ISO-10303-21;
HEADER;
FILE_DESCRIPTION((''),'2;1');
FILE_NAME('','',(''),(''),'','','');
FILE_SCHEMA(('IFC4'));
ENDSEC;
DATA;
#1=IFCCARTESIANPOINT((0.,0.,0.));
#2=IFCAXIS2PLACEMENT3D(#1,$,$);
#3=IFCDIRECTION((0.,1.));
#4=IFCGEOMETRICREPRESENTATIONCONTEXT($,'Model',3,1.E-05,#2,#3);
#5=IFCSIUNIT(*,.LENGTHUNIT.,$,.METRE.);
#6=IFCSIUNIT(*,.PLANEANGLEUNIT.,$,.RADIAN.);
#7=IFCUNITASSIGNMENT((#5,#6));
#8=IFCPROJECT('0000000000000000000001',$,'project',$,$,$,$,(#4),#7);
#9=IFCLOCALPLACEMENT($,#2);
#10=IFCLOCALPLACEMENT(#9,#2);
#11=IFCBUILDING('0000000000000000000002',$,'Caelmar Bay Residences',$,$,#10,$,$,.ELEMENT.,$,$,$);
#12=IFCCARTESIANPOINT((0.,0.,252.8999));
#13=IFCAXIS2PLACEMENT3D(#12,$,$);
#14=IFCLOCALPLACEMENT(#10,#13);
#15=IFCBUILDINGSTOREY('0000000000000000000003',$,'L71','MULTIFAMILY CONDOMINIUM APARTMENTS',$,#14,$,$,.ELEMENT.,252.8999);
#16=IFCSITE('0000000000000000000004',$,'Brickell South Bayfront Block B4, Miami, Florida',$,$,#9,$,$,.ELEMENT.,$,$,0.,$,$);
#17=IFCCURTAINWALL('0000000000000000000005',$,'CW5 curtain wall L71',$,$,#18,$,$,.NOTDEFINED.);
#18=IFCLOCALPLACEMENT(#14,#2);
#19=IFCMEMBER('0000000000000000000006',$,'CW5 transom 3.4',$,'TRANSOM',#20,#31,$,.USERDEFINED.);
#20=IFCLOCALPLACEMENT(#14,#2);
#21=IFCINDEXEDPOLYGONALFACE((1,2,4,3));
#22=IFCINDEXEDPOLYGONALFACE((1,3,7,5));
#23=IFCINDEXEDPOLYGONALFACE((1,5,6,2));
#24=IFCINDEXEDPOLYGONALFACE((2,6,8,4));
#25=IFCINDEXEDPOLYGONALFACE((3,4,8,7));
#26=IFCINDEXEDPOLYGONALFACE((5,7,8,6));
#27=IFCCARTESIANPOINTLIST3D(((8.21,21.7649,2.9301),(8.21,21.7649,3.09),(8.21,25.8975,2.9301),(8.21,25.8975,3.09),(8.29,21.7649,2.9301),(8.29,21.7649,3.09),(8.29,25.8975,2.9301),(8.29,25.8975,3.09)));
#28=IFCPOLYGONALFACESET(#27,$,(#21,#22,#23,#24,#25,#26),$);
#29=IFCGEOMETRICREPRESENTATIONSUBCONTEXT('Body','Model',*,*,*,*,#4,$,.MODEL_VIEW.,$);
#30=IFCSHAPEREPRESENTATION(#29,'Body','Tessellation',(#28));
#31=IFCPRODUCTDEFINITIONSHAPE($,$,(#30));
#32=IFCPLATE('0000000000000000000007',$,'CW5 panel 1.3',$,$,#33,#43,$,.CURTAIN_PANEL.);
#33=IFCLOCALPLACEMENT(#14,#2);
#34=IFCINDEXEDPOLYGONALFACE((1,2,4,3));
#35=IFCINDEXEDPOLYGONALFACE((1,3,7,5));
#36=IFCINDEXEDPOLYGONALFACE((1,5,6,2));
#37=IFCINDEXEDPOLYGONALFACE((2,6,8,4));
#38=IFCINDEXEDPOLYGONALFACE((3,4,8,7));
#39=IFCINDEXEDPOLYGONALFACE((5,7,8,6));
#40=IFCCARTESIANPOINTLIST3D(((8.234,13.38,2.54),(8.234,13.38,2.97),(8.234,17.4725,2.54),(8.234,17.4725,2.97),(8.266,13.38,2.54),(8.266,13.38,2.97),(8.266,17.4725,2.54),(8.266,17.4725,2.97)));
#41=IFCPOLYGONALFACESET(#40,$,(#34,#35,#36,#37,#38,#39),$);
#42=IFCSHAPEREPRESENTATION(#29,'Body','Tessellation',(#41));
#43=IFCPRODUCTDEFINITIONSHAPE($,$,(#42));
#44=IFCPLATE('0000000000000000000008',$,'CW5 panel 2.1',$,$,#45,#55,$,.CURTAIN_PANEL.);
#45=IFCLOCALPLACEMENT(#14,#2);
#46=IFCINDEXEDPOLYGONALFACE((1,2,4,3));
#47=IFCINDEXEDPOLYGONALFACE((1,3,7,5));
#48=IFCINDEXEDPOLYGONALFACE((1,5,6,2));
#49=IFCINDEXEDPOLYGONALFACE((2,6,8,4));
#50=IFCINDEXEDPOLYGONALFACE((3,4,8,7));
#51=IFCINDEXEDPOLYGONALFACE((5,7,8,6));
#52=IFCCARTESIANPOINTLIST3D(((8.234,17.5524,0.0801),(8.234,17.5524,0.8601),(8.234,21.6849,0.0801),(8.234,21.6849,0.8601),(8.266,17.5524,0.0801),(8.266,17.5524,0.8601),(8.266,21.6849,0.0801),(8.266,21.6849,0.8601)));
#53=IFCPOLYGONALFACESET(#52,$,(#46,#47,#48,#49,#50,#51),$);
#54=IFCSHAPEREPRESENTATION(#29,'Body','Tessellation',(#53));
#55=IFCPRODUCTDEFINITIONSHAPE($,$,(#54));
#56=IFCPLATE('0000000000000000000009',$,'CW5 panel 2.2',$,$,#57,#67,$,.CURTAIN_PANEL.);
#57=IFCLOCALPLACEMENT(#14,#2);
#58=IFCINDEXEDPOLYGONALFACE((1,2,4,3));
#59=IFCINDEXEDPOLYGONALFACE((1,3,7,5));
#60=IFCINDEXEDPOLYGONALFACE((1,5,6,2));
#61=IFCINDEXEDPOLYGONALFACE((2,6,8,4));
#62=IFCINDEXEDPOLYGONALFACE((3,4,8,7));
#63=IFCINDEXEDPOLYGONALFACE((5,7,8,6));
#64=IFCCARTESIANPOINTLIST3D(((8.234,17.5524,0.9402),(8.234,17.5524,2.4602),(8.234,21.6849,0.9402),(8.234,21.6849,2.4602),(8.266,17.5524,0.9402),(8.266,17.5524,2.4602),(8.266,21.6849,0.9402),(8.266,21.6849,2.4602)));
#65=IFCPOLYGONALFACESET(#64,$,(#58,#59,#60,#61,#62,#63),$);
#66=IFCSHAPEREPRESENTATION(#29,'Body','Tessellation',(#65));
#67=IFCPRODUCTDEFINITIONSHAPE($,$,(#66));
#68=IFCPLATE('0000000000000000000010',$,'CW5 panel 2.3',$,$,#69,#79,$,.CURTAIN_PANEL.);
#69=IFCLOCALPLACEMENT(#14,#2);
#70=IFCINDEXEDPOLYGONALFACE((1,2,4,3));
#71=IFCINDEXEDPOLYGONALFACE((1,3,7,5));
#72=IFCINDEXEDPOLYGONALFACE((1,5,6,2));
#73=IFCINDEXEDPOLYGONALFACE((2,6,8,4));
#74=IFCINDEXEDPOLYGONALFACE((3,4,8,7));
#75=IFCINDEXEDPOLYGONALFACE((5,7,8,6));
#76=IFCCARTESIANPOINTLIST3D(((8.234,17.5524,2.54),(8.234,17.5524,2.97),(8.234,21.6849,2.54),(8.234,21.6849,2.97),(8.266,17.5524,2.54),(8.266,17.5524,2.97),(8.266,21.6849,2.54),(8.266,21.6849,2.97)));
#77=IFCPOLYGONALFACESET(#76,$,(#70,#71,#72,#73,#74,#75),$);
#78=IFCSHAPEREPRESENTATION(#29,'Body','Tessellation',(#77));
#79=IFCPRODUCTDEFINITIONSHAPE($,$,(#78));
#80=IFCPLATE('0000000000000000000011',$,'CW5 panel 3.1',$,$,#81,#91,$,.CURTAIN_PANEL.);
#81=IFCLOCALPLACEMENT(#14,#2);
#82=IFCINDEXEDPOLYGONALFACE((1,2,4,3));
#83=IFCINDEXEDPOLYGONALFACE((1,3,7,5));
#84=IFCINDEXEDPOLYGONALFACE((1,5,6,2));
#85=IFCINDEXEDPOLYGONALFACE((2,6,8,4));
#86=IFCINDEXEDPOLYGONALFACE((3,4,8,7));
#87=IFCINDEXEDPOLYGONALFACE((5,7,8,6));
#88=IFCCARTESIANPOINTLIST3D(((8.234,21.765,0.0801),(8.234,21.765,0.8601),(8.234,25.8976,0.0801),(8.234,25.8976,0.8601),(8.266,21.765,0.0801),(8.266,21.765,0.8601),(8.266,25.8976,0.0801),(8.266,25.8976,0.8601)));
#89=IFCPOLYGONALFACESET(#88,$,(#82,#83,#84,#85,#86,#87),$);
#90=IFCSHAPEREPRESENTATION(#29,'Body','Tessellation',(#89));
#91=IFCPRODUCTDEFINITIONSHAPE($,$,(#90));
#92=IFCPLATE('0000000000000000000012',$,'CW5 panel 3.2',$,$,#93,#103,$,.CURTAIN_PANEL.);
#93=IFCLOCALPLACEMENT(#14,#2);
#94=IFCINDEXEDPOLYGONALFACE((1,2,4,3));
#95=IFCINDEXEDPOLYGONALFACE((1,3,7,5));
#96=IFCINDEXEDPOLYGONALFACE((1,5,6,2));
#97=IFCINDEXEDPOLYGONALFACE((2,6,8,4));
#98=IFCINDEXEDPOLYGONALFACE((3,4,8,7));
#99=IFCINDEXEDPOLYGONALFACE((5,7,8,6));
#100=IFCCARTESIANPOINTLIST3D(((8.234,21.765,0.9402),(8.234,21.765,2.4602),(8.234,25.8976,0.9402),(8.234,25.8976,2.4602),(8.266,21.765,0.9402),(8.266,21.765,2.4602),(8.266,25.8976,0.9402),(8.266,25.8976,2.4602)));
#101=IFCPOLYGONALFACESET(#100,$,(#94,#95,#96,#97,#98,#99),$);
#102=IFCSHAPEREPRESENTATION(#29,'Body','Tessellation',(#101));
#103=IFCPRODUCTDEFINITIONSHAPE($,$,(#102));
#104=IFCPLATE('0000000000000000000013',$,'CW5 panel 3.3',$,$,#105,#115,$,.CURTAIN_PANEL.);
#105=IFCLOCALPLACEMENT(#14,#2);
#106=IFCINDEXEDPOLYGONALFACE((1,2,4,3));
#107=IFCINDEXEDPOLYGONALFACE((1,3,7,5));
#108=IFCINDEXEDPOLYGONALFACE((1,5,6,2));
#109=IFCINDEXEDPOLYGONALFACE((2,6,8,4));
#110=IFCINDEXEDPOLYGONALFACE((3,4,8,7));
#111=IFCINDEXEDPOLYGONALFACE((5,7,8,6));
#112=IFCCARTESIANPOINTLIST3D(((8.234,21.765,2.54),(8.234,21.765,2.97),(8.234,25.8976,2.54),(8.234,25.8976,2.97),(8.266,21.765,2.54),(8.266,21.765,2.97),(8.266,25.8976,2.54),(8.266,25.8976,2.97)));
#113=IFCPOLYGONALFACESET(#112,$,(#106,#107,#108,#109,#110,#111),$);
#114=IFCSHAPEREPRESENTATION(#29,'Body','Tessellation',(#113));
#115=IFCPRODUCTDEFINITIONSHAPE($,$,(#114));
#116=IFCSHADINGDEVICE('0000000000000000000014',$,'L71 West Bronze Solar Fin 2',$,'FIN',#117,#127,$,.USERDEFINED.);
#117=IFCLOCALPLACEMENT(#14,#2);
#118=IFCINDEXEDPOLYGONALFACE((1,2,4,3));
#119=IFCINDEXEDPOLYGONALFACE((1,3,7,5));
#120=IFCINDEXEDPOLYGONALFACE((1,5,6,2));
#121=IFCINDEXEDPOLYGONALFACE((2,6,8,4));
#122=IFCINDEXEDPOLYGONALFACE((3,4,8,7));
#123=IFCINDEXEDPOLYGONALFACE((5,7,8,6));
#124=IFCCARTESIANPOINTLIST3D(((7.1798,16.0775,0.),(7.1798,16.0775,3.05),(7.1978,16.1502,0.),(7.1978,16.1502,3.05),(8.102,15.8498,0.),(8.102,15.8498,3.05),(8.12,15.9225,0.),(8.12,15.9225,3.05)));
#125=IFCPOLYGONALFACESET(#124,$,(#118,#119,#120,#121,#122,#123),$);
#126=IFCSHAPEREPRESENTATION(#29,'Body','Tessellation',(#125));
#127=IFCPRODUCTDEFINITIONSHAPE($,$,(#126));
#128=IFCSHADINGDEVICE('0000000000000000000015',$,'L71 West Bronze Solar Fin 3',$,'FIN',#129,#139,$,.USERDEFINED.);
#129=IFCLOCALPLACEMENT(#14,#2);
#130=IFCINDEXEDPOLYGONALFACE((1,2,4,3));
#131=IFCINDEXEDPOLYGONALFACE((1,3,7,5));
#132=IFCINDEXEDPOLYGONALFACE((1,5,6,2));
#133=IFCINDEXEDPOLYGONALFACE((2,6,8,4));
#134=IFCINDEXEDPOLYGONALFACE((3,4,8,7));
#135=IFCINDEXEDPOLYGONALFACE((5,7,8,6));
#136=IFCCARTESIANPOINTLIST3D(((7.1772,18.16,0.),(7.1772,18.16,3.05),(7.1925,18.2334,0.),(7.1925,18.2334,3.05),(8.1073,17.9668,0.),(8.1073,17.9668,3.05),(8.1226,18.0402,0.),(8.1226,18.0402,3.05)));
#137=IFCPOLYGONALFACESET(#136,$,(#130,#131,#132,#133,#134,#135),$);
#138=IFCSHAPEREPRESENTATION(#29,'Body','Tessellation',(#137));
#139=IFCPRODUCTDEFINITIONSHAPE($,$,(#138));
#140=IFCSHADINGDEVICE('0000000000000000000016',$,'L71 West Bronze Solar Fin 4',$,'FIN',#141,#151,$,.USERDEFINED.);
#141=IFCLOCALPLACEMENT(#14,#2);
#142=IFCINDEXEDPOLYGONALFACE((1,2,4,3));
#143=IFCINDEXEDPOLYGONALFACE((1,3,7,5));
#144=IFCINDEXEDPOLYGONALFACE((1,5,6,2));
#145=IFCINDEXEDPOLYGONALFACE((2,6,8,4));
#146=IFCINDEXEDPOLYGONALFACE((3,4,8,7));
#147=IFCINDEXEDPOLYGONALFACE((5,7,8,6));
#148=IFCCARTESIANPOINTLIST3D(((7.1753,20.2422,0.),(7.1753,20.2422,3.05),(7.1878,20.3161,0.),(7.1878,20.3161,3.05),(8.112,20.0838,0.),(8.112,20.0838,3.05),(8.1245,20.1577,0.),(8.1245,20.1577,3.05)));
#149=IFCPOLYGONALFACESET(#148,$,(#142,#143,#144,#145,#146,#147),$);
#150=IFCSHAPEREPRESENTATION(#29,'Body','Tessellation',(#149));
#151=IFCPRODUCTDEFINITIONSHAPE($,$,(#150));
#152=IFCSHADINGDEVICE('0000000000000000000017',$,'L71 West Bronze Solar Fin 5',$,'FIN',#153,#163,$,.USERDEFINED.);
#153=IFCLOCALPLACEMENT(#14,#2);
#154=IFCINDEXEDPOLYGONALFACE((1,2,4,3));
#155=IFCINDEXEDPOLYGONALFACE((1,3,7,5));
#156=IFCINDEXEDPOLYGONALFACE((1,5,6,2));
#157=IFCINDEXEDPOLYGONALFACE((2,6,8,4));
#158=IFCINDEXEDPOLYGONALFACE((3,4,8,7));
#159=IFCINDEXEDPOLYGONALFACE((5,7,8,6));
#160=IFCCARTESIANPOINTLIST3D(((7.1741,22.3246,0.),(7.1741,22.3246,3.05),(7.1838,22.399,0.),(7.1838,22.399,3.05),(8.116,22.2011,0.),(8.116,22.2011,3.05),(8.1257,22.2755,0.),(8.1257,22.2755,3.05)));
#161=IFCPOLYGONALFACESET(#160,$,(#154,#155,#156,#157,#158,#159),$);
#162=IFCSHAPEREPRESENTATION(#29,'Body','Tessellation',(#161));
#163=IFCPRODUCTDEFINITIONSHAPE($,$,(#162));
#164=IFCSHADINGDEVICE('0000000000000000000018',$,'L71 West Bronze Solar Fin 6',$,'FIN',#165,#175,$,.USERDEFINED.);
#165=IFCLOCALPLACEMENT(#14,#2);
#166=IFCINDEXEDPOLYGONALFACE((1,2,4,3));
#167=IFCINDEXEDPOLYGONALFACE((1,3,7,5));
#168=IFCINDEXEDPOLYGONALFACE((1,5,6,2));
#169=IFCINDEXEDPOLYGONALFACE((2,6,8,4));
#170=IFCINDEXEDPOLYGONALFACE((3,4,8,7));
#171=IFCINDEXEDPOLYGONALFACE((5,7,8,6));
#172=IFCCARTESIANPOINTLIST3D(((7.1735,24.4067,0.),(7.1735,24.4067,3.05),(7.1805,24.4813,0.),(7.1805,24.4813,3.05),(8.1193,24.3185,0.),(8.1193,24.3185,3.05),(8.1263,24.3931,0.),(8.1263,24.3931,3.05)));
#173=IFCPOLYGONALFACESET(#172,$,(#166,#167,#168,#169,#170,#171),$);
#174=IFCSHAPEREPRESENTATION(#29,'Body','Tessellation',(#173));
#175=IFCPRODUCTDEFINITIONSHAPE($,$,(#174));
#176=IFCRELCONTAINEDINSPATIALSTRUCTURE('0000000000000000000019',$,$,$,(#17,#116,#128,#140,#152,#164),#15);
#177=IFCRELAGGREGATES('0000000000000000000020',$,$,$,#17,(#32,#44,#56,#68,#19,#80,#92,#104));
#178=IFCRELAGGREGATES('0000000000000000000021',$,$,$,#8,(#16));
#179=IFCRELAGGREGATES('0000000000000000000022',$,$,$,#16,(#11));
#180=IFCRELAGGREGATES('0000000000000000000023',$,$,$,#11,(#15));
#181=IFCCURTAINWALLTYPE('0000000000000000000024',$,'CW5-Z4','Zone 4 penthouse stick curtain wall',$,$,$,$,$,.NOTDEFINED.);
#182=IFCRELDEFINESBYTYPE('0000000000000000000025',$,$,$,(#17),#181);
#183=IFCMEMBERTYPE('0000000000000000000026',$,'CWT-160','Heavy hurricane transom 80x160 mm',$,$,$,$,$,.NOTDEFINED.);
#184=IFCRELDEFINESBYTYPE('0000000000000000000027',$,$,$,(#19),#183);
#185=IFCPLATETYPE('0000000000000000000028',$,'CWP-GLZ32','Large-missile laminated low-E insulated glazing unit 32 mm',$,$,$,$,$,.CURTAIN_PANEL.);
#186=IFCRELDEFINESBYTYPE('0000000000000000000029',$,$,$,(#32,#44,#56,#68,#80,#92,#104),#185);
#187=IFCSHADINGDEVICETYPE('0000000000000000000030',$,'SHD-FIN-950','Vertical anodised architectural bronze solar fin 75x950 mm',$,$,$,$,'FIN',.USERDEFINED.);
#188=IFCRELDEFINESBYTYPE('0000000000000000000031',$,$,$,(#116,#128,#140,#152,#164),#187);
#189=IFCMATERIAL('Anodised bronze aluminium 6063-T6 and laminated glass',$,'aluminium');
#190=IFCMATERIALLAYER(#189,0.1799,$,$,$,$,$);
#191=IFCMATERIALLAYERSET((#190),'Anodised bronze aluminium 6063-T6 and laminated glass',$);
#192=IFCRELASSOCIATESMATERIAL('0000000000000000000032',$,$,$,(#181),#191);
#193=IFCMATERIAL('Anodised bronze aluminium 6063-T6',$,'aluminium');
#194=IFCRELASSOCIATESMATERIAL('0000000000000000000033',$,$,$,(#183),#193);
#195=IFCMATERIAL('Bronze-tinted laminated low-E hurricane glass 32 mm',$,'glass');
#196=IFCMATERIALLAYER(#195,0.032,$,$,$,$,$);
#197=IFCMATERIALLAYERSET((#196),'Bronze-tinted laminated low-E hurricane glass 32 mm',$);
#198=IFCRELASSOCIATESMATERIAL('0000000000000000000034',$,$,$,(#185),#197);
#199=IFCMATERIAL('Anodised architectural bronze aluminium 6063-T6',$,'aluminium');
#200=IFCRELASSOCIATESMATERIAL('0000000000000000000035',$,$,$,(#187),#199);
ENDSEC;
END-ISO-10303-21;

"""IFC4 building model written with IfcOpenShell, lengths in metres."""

from ifc_helpers import new_model, si_unit, direction, frame, origin, origin_2d, place, context, subcontext, project, spatial, rectangle, extrude, material, layer, layer_set, material_profile, profile_set, type_object, element, aggregate, save


model = new_model("IFC4")

# Units and contexts
model_context = context("Model", 3, precision=1e-05, world=origin(), true_north=direction((0.0, 1.0)))
body_context = subcontext(model_context, "Body", "Model", "MODEL_VIEW")
ifc_project = project(units=[si_unit("LENGTHUNIT", "METRE"), si_unit("PLANEANGLEUNIT", "RADIAN")], contexts=[model_context])

# Site, building, storey
site_placement = place(None, origin())
site = spatial("IfcSite", under=ifc_project, at=site_placement, Name="Brickell South Bayfront Block B4, Miami, Florida", CompositionType="ELEMENT", RefElevation=0.0)
building_placement = place(site_placement, origin())
building = spatial("IfcBuilding", under=site, at=building_placement, Name="Caelmar Bay Residences", CompositionType="ELEMENT")
storey_placement = place(building_placement, frame((0.0, 0.0, 252.8999)))
storey = spatial("IfcBuildingStorey", under=building, at=storey_placement, Name="L71", Description="MULTIFAMILY CONDOMINIUM APARTMENTS", CompositionType="ELEMENT", Elevation=252.8999)

# Curtain wall, member, plates
ifc_material_1 = material(Name="Anodised bronze aluminium 6063-T6 and laminated glass", Category="aluminium")
ifc_layer_1 = layer(ifc_material_1, 0.1799)
ifc_layer_set_1 = layer_set([ifc_layer_1], Name="Anodised bronze aluminium 6063-T6 and laminated glass")
curtain_wall_type = type_object("IfcCurtainWallType", Name="CW5-Z4", Description="Zone 4 penthouse stick curtain wall", PredefinedType="NOTDEFINED", material=ifc_layer_set_1)
curtain_wall_placement = place(storey_placement, origin())
curtain_wall = element("IfcCurtainWall", 1, at=curtain_wall_placement, inside=storey, type_object=curtain_wall_type, Name="CW5 curtain wall L71", PredefinedType="NOTDEFINED")
ifc_material_2 = material(Name="Anodised bronze aluminium 6063-T6", Category="aluminium")
ifc_material_profile_1 = material_profile(ifc_material_2, rectangle(XDim=0.0801, YDim=0.1599, at=origin_2d()), Name="CWT-80X160")
ifc_profile_set_1 = profile_set([ifc_material_profile_1], Name="Anodised bronze aluminium 6063-T6")
member_type_1 = type_object("IfcMemberType", Name="CWT-160", Description="Heavy hurricane transom 80x160 mm", PredefinedType="NOTDEFINED", material=ifc_profile_set_1)
member_1_placement = place(storey_placement, frame((8.25, 21.7649, 3.01), z_axis=(0.0, 1.0, 0.0), x_axis=(-1.0, 0.0, 0.0)))
member_1 = element("IfcMember", 2, at=member_1_placement, type_object=member_type_1, Name="CW5 transom 3.4", ObjectType="TRANSOM", PredefinedType="USERDEFINED", context=body_context, shape_type="SweptSolid", body=[
    extrude(rectangle(XDim=0.0801, YDim=0.1599, at=origin_2d()), origin(), (0.0, 0.0, 1.0), 4.1326),
])
ifc_material_3 = material(Name="Bronze-tinted laminated low-E hurricane glass 32 mm", Category="glass")
ifc_layer_2 = layer(ifc_material_3, 0.032)
ifc_layer_set_2 = layer_set([ifc_layer_2], Name="Bronze-tinted laminated low-E hurricane glass 32 mm")
plate_type = type_object("IfcPlateType", Name="CWP-GLZ32", Description="Large-missile laminated low-E insulated glazing unit 32 mm", PredefinedType="CURTAIN_PANEL", material=ifc_layer_set_2)
plate_1_placement = place(storey_placement, frame((8.25, 15.4263, 2.54), z_axis=(0.0, 0.0, 1.0), x_axis=(0.0, 1.0, 0.0)))
plate_1 = element("IfcPlate", 3, at=plate_1_placement, type_object=plate_type, Name="CW5 panel 1.3", PredefinedType="CURTAIN_PANEL", context=body_context, shape_type="SweptSolid", body=[
    extrude(rectangle(XDim=4.0925, YDim=0.032, at=origin_2d()), origin(), (0.0, 0.0, 1.0), 0.4299),
])
plate_2_placement = place(storey_placement, frame((8.25, 19.6187, 0.0801), z_axis=(0.0, 0.0, 1.0), x_axis=(0.0, 1.0, 0.0)))
plate_2 = element("IfcPlate", 4, at=plate_2_placement, type_object=plate_type, Name="CW5 panel 2.1", PredefinedType="CURTAIN_PANEL", context=body_context, shape_type="SweptSolid", body=[
    extrude(rectangle(XDim=4.1326, YDim=0.032, at=origin_2d()), origin(), (0.0, 0.0, 1.0), 0.78),
])
plate_3_placement = place(storey_placement, frame((8.25, 19.6187, 0.9402), z_axis=(0.0, 0.0, 1.0), x_axis=(0.0, 1.0, 0.0)))
plate_3 = element("IfcPlate", 5, at=plate_3_placement, type_object=plate_type, Name="CW5 panel 2.2", PredefinedType="CURTAIN_PANEL", context=body_context, shape_type="SweptSolid", body=[
    extrude(rectangle(XDim=4.1326, YDim=0.032, at=origin_2d()), origin(), (0.0, 0.0, 1.0), 1.52),
])
plate_4_placement = place(storey_placement, frame((8.25, 19.6187, 2.54), z_axis=(0.0, 0.0, 1.0), x_axis=(0.0, 1.0, 0.0)))
plate_4 = element("IfcPlate", 6, at=plate_4_placement, type_object=plate_type, Name="CW5 panel 2.3", PredefinedType="CURTAIN_PANEL", context=body_context, shape_type="SweptSolid", body=[
    extrude(rectangle(XDim=4.1326, YDim=0.032, at=origin_2d()), origin(), (0.0, 0.0, 1.0), 0.4299),
])
plate_5_placement = place(storey_placement, frame((8.25, 23.8313, 0.0801), z_axis=(0.0, 0.0, 1.0), x_axis=(0.0, 1.0, 0.0)))
plate_5 = element("IfcPlate", 7, at=plate_5_placement, type_object=plate_type, Name="CW5 panel 3.1", PredefinedType="CURTAIN_PANEL", context=body_context, shape_type="SweptSolid", body=[
    extrude(rectangle(XDim=4.1326, YDim=0.032, at=origin_2d()), origin(), (0.0, 0.0, 1.0), 0.78),
])
plate_6_placement = place(storey_placement, frame((8.25, 23.8313, 0.9402), z_axis=(0.0, 0.0, 1.0), x_axis=(0.0, 1.0, 0.0)))
plate_6 = element("IfcPlate", 8, at=plate_6_placement, type_object=plate_type, Name="CW5 panel 3.2", PredefinedType="CURTAIN_PANEL", context=body_context, shape_type="SweptSolid", body=[
    extrude(rectangle(XDim=4.1326, YDim=0.032, at=origin_2d()), origin(), (0.0, 0.0, 1.0), 1.52),
])
plate_7_placement = place(storey_placement, frame((8.25, 23.8313, 2.54), z_axis=(0.0, 0.0, 1.0), x_axis=(0.0, 1.0, 0.0)))
plate_7 = element("IfcPlate", 9, at=plate_7_placement, type_object=plate_type, Name="CW5 panel 3.3", PredefinedType="CURTAIN_PANEL", context=body_context, shape_type="SweptSolid", body=[
    extrude(rectangle(XDim=4.1326, YDim=0.032, at=origin_2d()), origin(), (0.0, 0.0, 1.0), 0.4299),
])
aggregate(curtain_wall, [plate_1, plate_2, plate_3, plate_4, member_1, plate_5, plate_6, plate_7])

# Shading devices
ifc_material_4 = material(Name="Anodised architectural bronze aluminium 6063-T6", Category="aluminium")
ifc_material_profile_2 = material_profile(ifc_material_4, rectangle(XDim=0.075, YDim=0.95, at=origin_2d()), Name="BRONZE-FIN-75X950")
ifc_profile_set_2 = profile_set([ifc_material_profile_2], Name="Anodised architectural bronze aluminium 6063-T6")
shading_device_type = type_object("IfcShadingDeviceType", Name="SHD-FIN-950", Description="Vertical anodised architectural bronze solar fin 75x950 mm", ElementType="FIN", PredefinedType="USERDEFINED", material=ifc_profile_set_2)
for number, where, z_axis, x_axis, name in (
    (10, (7.6499, 16.0, 0.0), (0.0, 0.0, 1.0), (0.23972, 0.970842, 0.0), "L71 West Bronze Solar Fin 2"),
    (11, (7.6499, 18.1001, 0.0), (0.0, 0.0, 1.0), (0.2033, 0.979116, 0.0), "L71 West Bronze Solar Fin 3"),
    (12, (7.6499, 20.2, 0.0), (0.0, 0.0, 1.0), (0.166769, 0.985996, 0.0), "L71 West Bronze Solar Fin 4"),
    (13, (7.6499, 22.3, 0.0), (0.0, 0.0, 1.0), (0.130007, 0.991513, 0.0), "L71 West Bronze Solar Fin 5"),
    (14, (7.6499, 24.3999, 0.0), (0.0, 0.0, 1.0), (0.092892, 0.995676, 0.0), "L71 West Bronze Solar Fin 6"),
):
    element("IfcShadingDevice", number, at=place(storey_placement, frame(where, z_axis=z_axis, x_axis=x_axis)), inside=storey, type_object=shading_device_type, Name=name, ObjectType="FIN", PredefinedType="USERDEFINED", context=body_context, shape_type="SweptSolid", body=[
        extrude(rectangle(XDim=0.075, YDim=0.95, at=origin_2d()), origin(), (0.0, 0.0, 1.0), 3.05),
    ])

save(model, "model.ifc")
